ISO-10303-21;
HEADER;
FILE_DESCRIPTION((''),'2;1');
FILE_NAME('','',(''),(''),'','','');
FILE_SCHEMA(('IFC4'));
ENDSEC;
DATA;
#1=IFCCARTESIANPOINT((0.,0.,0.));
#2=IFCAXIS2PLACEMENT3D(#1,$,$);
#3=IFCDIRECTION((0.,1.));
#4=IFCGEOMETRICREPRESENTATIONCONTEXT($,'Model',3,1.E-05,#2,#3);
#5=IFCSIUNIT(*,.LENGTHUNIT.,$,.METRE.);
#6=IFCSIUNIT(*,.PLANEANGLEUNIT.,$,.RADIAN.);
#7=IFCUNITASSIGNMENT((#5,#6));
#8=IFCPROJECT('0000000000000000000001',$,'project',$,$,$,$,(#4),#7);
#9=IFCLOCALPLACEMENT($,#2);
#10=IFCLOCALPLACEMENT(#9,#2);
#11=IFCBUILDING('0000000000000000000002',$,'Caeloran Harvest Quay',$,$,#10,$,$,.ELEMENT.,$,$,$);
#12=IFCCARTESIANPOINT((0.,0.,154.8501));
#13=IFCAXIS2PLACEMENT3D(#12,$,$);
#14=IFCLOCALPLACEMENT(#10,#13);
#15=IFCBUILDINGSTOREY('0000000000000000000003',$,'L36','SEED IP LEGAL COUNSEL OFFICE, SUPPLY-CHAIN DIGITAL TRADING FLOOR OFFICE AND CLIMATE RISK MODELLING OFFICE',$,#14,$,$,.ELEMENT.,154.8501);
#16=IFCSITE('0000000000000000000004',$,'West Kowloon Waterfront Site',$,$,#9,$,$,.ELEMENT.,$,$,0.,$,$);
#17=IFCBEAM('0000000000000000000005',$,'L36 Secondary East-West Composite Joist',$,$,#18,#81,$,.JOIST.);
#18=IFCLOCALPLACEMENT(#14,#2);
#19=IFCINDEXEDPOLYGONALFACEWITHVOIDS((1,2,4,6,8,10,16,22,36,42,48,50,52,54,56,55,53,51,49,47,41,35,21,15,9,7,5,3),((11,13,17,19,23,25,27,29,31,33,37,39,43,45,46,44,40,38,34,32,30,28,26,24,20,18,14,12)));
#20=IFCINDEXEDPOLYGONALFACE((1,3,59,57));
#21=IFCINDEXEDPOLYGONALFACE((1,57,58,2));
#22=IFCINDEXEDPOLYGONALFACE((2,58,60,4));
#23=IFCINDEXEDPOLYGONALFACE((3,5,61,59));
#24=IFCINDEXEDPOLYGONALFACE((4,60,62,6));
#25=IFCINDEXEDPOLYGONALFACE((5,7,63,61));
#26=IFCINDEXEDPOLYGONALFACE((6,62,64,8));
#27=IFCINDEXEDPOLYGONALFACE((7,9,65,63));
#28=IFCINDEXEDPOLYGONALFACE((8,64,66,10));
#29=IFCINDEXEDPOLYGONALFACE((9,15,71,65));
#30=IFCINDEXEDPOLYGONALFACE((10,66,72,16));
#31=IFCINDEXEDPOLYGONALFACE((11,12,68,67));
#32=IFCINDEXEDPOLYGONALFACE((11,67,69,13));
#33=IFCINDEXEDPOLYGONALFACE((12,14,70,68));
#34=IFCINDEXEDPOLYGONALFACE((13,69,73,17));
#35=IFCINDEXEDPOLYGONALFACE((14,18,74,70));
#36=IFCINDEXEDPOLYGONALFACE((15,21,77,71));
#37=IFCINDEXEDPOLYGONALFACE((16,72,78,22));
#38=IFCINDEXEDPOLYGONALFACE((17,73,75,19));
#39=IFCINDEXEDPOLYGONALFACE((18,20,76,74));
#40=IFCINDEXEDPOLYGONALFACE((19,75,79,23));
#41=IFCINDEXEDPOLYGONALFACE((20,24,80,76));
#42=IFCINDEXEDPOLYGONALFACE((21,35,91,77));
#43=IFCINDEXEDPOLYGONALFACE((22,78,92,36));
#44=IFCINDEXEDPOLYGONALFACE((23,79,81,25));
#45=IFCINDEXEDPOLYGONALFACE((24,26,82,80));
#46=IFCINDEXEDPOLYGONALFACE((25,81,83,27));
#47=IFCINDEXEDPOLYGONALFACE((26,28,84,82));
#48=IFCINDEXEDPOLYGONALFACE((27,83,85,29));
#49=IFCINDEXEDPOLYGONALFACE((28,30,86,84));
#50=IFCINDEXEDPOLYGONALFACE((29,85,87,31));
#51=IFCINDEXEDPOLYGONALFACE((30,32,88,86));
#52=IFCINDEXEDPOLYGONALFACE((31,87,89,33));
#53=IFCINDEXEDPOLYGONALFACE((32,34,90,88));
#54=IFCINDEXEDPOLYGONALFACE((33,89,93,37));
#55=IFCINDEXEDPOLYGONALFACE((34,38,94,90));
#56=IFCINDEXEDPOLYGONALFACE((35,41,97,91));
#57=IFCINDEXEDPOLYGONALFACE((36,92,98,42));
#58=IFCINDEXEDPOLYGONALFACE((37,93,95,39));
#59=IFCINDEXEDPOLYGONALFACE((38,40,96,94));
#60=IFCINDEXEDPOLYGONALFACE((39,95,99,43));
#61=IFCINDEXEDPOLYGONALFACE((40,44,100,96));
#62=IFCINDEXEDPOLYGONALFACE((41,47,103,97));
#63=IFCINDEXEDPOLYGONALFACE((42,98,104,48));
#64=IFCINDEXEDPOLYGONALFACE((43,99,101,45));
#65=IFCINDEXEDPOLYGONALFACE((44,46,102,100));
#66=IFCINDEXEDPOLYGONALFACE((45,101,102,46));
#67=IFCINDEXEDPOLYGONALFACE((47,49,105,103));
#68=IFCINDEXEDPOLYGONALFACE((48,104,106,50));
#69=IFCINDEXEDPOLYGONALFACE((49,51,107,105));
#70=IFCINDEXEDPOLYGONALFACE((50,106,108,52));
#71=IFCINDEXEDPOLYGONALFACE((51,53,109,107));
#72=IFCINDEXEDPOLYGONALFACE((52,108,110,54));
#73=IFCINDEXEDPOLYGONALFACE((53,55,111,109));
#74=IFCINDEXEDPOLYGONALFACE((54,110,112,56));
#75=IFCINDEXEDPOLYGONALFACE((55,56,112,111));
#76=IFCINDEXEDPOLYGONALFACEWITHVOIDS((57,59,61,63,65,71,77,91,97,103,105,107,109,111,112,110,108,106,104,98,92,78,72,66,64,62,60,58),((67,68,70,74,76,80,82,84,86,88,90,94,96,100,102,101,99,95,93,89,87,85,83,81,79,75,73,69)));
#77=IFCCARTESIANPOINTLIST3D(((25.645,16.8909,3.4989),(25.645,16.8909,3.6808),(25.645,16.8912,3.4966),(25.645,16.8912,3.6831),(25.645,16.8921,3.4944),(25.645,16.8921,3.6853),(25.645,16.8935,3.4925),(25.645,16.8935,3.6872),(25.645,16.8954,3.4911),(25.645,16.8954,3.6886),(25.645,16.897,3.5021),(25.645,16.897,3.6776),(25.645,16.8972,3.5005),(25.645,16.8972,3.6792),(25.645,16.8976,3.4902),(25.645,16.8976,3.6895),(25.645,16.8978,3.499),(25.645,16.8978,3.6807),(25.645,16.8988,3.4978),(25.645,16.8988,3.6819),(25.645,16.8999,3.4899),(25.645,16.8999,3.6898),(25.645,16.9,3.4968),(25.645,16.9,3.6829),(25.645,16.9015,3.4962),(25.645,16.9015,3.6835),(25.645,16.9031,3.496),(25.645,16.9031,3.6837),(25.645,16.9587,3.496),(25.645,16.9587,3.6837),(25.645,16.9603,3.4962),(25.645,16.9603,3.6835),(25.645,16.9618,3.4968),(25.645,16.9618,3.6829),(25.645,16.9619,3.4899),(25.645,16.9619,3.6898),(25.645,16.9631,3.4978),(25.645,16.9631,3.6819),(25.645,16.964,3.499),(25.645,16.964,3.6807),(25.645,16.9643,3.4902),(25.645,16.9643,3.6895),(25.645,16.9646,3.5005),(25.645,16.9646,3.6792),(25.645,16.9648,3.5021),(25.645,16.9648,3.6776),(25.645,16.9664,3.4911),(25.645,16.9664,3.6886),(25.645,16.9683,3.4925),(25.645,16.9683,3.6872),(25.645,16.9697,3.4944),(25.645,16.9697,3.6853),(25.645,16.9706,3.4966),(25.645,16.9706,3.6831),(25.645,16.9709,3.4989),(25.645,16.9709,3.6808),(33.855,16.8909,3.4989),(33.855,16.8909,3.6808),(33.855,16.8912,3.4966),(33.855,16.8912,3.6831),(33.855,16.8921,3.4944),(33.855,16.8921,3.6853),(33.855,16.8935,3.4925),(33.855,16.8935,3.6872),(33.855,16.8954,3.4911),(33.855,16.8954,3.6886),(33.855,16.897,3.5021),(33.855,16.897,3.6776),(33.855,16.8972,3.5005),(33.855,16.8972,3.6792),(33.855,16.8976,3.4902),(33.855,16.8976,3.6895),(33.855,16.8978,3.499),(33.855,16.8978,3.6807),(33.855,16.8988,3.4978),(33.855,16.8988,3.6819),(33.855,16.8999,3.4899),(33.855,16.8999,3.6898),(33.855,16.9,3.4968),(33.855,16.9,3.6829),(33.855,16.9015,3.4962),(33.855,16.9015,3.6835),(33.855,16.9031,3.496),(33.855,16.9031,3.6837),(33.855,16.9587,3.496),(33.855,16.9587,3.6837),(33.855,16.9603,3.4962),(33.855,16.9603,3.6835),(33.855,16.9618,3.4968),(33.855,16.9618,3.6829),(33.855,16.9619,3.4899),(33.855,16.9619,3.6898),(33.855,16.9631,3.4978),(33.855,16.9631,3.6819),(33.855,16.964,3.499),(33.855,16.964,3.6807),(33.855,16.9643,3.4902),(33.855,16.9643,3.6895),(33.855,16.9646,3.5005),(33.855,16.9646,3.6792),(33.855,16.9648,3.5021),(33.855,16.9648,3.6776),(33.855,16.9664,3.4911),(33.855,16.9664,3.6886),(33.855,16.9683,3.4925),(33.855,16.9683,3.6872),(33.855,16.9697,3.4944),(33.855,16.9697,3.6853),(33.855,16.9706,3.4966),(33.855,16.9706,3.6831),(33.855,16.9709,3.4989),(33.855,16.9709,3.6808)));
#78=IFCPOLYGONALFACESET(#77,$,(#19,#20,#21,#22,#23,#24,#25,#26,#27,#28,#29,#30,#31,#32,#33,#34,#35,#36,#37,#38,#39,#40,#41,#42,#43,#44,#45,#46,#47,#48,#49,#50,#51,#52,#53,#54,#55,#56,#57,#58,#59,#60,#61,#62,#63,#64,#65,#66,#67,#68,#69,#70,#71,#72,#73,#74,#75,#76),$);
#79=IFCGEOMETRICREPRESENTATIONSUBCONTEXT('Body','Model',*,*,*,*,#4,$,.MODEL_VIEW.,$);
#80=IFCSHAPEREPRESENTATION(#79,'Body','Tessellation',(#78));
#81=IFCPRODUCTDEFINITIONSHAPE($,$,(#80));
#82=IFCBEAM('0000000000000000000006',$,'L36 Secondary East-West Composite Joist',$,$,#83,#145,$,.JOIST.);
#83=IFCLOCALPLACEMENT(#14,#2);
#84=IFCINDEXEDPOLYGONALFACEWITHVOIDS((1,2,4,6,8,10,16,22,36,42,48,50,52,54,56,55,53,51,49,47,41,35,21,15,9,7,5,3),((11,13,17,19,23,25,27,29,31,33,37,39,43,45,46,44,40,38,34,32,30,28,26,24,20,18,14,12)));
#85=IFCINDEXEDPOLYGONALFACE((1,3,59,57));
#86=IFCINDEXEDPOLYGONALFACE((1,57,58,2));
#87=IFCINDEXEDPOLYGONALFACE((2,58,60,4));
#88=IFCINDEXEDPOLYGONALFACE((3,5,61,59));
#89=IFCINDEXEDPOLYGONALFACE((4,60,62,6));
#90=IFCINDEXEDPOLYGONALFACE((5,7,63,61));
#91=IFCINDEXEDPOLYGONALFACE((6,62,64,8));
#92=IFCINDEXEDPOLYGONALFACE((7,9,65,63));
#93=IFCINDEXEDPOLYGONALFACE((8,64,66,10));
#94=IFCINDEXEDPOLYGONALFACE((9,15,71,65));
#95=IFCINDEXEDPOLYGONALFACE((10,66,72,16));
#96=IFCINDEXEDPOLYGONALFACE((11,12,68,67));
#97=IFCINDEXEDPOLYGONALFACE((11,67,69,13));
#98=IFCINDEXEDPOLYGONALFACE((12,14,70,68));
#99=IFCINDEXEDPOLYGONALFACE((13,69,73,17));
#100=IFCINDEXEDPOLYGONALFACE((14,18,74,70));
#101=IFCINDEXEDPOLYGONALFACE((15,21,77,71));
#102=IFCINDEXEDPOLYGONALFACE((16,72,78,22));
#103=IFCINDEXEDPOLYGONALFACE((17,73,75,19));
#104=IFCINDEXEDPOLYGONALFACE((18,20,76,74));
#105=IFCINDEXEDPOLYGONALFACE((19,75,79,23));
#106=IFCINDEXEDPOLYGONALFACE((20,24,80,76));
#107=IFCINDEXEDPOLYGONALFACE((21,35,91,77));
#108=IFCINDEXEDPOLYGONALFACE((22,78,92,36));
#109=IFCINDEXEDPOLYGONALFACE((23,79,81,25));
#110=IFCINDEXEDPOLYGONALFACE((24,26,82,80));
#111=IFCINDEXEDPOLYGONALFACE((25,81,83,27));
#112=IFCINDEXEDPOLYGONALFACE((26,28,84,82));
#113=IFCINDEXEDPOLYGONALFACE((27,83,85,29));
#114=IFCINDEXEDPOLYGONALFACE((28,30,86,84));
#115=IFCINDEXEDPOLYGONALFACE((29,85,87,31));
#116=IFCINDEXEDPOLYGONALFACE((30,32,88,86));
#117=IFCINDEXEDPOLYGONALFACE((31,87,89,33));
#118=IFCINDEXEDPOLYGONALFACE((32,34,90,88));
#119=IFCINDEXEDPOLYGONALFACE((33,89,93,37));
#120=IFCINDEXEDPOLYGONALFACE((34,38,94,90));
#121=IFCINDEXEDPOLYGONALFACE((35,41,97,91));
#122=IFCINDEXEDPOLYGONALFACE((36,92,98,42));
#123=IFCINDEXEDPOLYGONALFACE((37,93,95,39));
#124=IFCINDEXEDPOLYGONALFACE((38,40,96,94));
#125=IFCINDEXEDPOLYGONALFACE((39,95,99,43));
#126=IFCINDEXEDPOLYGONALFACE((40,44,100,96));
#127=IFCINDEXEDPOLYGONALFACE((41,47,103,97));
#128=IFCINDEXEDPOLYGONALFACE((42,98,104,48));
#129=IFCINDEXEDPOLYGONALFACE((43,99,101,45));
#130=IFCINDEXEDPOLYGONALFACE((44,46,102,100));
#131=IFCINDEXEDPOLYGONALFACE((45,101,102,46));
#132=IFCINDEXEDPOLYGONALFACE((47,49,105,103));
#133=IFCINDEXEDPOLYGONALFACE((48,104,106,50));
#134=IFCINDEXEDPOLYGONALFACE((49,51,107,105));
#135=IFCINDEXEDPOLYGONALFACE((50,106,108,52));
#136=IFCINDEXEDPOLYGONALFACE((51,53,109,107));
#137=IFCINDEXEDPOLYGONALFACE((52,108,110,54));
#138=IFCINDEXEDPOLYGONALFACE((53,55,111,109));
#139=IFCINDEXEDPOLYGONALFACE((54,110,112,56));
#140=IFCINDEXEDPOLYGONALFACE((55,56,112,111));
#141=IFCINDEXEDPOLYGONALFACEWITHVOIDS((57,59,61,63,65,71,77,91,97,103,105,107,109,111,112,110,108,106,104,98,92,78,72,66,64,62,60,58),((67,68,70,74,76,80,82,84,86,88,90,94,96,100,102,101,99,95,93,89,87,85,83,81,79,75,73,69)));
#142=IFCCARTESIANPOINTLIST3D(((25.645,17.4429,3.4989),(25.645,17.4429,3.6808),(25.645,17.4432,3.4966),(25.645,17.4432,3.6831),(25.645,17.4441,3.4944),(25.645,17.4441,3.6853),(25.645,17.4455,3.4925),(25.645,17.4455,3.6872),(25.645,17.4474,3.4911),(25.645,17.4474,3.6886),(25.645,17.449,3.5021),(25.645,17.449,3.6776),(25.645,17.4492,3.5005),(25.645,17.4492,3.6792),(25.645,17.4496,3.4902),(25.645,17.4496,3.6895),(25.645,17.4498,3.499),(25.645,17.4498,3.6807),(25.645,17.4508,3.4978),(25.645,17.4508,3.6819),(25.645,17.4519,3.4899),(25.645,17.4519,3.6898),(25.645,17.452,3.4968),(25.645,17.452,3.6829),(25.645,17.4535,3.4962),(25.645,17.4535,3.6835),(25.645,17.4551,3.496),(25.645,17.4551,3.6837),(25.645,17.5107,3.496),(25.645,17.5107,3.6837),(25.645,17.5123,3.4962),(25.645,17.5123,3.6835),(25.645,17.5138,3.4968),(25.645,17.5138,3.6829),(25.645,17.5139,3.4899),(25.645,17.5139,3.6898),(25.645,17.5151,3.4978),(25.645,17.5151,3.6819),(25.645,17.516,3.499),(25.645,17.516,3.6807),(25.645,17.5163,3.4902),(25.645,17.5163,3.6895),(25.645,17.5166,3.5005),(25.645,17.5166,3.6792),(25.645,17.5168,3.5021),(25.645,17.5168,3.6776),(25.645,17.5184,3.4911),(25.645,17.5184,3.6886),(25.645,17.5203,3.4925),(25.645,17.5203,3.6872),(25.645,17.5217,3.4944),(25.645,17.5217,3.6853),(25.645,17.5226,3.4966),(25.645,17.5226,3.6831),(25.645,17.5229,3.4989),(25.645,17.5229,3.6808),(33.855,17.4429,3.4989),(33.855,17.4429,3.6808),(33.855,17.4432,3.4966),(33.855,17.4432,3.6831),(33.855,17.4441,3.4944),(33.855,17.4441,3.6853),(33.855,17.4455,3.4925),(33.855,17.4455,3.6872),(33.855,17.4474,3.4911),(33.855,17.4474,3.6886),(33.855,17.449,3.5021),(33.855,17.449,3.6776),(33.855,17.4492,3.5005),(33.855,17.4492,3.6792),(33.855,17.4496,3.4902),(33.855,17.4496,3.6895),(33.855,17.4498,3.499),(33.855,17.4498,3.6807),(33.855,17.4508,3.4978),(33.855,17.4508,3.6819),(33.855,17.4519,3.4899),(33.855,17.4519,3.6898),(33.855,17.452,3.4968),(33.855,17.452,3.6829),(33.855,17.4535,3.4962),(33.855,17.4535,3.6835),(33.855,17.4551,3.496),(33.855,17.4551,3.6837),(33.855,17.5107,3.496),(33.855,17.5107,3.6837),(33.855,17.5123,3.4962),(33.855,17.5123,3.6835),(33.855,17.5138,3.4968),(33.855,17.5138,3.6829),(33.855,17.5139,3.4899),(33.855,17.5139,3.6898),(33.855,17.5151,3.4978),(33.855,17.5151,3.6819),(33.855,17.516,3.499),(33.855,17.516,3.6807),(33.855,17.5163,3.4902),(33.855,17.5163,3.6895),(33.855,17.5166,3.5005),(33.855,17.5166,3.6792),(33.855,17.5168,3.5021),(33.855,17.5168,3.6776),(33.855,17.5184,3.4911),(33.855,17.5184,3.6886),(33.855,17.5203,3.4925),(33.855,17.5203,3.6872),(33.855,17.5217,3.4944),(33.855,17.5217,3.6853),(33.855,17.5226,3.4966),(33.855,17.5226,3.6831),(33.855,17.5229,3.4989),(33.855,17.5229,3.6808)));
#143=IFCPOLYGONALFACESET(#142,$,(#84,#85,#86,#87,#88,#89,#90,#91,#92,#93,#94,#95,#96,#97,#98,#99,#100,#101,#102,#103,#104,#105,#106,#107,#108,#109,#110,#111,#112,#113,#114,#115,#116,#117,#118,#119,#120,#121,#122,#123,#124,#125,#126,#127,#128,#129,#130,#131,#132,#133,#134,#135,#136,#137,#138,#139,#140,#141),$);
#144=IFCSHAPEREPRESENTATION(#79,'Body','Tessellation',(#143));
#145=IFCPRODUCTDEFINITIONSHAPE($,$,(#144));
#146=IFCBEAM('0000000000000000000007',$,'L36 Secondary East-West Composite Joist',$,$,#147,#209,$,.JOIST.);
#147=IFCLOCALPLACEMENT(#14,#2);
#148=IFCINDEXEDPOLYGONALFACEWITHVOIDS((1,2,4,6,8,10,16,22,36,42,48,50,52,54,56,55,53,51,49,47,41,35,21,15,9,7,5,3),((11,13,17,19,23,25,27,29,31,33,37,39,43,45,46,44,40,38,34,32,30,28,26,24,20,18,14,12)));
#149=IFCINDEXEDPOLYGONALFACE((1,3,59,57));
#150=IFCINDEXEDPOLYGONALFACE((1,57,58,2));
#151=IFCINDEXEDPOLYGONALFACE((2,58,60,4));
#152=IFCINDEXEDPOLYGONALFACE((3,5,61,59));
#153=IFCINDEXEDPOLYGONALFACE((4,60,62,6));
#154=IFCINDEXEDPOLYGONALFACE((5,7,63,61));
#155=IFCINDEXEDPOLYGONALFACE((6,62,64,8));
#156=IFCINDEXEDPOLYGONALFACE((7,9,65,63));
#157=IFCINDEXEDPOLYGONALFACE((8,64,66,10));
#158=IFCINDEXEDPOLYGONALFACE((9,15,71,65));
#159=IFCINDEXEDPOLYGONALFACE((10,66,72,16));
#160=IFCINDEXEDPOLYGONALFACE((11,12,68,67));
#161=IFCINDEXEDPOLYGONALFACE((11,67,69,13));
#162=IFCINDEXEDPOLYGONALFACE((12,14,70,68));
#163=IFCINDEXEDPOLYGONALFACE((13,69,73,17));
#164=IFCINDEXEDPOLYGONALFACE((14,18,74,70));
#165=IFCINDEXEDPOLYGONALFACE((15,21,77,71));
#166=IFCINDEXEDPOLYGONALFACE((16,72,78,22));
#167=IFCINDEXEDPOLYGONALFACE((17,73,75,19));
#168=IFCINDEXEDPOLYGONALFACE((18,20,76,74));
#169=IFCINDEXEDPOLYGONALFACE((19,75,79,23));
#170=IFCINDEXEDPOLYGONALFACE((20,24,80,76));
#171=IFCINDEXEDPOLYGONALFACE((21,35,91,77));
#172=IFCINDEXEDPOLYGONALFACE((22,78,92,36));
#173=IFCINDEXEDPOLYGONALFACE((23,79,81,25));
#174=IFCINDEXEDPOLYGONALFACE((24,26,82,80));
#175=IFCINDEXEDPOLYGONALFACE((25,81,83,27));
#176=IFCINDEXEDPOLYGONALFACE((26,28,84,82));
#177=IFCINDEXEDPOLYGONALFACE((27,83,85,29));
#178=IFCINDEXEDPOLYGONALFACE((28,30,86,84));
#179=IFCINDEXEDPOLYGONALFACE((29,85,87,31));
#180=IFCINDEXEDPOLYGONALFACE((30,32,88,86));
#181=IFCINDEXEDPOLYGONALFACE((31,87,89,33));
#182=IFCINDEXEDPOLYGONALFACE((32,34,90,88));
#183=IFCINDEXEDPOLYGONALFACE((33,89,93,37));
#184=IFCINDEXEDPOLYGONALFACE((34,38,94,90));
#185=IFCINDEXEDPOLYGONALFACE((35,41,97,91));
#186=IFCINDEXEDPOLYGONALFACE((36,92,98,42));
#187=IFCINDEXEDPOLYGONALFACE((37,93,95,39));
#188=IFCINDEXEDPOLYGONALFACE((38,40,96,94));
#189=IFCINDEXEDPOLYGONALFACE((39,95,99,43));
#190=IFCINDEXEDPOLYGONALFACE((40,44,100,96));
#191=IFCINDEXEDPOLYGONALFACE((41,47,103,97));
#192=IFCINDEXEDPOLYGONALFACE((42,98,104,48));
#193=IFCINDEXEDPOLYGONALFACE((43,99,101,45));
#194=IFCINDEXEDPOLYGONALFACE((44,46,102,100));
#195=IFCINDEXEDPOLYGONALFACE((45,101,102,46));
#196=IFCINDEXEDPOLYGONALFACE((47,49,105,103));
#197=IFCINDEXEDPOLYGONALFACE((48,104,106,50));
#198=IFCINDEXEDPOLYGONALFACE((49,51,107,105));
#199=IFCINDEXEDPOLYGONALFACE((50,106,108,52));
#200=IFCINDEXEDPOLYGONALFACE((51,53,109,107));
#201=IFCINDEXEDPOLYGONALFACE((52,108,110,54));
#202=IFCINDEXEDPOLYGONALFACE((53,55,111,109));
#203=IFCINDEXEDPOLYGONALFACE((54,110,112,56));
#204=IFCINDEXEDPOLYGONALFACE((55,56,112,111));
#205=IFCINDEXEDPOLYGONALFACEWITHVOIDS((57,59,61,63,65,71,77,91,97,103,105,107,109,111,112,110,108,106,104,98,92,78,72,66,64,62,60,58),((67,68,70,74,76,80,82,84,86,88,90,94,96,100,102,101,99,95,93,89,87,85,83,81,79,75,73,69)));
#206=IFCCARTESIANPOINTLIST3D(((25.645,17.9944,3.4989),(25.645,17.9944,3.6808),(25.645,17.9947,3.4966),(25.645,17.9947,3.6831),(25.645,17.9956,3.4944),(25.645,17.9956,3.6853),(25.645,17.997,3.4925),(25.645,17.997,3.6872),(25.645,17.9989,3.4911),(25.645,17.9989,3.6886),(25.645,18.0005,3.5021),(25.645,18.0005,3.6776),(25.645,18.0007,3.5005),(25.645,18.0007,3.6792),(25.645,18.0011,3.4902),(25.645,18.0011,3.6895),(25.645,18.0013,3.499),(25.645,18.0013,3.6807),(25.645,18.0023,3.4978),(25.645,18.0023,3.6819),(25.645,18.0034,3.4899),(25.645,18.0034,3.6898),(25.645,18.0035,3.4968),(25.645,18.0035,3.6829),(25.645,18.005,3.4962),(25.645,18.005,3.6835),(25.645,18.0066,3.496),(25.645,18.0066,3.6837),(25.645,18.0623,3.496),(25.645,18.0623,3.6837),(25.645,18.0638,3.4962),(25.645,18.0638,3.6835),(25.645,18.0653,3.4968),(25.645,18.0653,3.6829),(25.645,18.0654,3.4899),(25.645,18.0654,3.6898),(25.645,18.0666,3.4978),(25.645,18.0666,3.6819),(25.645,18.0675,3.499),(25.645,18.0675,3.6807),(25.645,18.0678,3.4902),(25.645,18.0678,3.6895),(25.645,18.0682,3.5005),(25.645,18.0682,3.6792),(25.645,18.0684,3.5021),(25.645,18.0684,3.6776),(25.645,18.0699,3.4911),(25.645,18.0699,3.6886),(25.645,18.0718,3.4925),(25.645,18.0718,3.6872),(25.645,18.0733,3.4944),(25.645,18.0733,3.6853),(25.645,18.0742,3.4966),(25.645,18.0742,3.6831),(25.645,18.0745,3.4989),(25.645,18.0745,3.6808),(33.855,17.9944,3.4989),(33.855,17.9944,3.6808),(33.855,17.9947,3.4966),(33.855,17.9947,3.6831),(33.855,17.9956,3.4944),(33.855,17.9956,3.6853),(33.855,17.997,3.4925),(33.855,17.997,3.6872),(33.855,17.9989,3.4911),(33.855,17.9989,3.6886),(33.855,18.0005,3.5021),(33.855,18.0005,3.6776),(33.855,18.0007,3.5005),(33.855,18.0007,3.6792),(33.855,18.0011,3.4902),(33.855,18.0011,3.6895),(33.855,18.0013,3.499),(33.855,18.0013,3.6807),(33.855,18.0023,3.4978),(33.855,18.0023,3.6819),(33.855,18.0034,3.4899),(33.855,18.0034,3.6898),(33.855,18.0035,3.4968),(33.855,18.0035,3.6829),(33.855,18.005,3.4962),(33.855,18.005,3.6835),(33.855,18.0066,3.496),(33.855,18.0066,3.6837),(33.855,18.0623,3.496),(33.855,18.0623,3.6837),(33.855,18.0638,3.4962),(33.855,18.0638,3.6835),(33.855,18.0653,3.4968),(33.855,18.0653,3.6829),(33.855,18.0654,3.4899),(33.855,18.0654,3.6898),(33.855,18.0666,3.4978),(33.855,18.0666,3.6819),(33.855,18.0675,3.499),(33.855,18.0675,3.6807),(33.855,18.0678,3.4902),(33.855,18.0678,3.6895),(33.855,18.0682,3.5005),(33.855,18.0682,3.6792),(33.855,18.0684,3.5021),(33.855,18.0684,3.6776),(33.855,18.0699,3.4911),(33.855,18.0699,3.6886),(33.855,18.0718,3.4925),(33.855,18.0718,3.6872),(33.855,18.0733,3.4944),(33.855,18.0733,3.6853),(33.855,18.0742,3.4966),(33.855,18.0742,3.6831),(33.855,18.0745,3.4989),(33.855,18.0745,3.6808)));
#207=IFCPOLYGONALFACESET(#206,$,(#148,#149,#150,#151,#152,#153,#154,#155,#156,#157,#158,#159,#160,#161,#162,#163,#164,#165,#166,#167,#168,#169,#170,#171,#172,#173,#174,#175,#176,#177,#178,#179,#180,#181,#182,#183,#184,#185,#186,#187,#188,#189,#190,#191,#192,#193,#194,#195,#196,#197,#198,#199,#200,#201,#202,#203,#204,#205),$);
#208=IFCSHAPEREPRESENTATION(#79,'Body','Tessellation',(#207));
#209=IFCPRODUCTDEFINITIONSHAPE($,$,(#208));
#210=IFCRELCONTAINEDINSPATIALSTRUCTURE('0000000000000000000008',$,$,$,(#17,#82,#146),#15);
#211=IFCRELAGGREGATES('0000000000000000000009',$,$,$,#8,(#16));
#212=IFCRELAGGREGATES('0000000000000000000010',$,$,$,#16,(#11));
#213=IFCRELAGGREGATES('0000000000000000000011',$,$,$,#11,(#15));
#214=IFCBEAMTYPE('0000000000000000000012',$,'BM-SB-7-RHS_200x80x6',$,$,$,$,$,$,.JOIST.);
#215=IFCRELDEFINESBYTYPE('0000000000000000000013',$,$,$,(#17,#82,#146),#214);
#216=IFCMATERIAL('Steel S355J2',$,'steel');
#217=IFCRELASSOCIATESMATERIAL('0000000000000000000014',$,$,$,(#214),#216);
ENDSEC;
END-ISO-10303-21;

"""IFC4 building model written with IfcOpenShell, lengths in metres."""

from ifc_helpers import new_model, si_unit, direction, frame, origin, origin_2d, place, context, subcontext, project, spatial, hollow_rectangle, extrude, material, material_profile, profile_set, type_object, element, save


model = new_model("IFC4")

# Units and contexts
model_context = context("Model", 3, precision=1e-05, world=origin(), true_north=direction((0.0, 1.0)))
body_context = subcontext(model_context, "Body", "Model", "MODEL_VIEW")
ifc_project = project(units=[si_unit("LENGTHUNIT", "METRE"), si_unit("PLANEANGLEUNIT", "RADIAN")], contexts=[model_context])

# Site, building, storey
site_placement = place(None, origin())
site = spatial("IfcSite", under=ifc_project, at=site_placement, Name="West Kowloon Waterfront Site", CompositionType="ELEMENT", RefElevation=0.0)
building_placement = place(site_placement, origin())
building = spatial("IfcBuilding", under=site, at=building_placement, Name="Caeloran Harvest Quay", CompositionType="ELEMENT")
storey_placement = place(building_placement, frame((0.0, 0.0, 154.8501)))
storey = spatial("IfcBuildingStorey", under=building, at=storey_placement, Name="L36", Description="SEED IP LEGAL COUNSEL OFFICE, SUPPLY-CHAIN DIGITAL TRADING FLOOR OFFICE AND CLIMATE RISK MODELLING OFFICE", CompositionType="ELEMENT", Elevation=154.8501)

# Beams
ifc_material_1 = material(Name="Steel S355J2", Category="steel")
ifc_material_profile_1 = material_profile(ifc_material_1, hollow_rectangle(XDim=0.0801, YDim=0.2, WallThickness=0.0061, InnerFilletRadius=0.0061, OuterFilletRadius=0.009, at=origin_2d()), Name="RHS 200x80x6")
ifc_profile_set_1 = profile_set([ifc_material_profile_1], Name="Steel S355J2")
beam_type_1 = type_object("IfcBeamType", Name="BM-SB-7-RHS_200x80x6", PredefinedType="JOIST", material=ifc_profile_set_1)
for number, where, z_axis, x_axis, name in (
    (1, (25.645, 16.9309, 3.5898), (1.0, 0.0, 0.0), (0.0, 1.0, 0.0), "L36 Secondary East-West Composite Joist"),
    (2, (25.645, 17.4829, 3.5898), (1.0, 0.0, 0.0), (0.0, 1.0, 0.0), "L36 Secondary East-West Composite Joist"),
    (3, (25.645, 18.0344, 3.5898), (1.0, 0.0, 0.0), (0.0, 1.0, 0.0), "L36 Secondary East-West Composite Joist"),
):
    element("IfcBeam", number, at=place(storey_placement, frame(where, z_axis=z_axis, x_axis=x_axis)), inside=storey, type_object=beam_type_1, Name=name, PredefinedType="JOIST", context=body_context, shape_type="SweptSolid", body=[
        extrude(hollow_rectangle(XDim=0.0801, YDim=0.2, WallThickness=0.0061, InnerFilletRadius=0.0061, OuterFilletRadius=0.009, at=origin_2d()), origin(), (0.0, 0.0, 1.0), 8.21),
    ])

save(model, "model.ifc")
